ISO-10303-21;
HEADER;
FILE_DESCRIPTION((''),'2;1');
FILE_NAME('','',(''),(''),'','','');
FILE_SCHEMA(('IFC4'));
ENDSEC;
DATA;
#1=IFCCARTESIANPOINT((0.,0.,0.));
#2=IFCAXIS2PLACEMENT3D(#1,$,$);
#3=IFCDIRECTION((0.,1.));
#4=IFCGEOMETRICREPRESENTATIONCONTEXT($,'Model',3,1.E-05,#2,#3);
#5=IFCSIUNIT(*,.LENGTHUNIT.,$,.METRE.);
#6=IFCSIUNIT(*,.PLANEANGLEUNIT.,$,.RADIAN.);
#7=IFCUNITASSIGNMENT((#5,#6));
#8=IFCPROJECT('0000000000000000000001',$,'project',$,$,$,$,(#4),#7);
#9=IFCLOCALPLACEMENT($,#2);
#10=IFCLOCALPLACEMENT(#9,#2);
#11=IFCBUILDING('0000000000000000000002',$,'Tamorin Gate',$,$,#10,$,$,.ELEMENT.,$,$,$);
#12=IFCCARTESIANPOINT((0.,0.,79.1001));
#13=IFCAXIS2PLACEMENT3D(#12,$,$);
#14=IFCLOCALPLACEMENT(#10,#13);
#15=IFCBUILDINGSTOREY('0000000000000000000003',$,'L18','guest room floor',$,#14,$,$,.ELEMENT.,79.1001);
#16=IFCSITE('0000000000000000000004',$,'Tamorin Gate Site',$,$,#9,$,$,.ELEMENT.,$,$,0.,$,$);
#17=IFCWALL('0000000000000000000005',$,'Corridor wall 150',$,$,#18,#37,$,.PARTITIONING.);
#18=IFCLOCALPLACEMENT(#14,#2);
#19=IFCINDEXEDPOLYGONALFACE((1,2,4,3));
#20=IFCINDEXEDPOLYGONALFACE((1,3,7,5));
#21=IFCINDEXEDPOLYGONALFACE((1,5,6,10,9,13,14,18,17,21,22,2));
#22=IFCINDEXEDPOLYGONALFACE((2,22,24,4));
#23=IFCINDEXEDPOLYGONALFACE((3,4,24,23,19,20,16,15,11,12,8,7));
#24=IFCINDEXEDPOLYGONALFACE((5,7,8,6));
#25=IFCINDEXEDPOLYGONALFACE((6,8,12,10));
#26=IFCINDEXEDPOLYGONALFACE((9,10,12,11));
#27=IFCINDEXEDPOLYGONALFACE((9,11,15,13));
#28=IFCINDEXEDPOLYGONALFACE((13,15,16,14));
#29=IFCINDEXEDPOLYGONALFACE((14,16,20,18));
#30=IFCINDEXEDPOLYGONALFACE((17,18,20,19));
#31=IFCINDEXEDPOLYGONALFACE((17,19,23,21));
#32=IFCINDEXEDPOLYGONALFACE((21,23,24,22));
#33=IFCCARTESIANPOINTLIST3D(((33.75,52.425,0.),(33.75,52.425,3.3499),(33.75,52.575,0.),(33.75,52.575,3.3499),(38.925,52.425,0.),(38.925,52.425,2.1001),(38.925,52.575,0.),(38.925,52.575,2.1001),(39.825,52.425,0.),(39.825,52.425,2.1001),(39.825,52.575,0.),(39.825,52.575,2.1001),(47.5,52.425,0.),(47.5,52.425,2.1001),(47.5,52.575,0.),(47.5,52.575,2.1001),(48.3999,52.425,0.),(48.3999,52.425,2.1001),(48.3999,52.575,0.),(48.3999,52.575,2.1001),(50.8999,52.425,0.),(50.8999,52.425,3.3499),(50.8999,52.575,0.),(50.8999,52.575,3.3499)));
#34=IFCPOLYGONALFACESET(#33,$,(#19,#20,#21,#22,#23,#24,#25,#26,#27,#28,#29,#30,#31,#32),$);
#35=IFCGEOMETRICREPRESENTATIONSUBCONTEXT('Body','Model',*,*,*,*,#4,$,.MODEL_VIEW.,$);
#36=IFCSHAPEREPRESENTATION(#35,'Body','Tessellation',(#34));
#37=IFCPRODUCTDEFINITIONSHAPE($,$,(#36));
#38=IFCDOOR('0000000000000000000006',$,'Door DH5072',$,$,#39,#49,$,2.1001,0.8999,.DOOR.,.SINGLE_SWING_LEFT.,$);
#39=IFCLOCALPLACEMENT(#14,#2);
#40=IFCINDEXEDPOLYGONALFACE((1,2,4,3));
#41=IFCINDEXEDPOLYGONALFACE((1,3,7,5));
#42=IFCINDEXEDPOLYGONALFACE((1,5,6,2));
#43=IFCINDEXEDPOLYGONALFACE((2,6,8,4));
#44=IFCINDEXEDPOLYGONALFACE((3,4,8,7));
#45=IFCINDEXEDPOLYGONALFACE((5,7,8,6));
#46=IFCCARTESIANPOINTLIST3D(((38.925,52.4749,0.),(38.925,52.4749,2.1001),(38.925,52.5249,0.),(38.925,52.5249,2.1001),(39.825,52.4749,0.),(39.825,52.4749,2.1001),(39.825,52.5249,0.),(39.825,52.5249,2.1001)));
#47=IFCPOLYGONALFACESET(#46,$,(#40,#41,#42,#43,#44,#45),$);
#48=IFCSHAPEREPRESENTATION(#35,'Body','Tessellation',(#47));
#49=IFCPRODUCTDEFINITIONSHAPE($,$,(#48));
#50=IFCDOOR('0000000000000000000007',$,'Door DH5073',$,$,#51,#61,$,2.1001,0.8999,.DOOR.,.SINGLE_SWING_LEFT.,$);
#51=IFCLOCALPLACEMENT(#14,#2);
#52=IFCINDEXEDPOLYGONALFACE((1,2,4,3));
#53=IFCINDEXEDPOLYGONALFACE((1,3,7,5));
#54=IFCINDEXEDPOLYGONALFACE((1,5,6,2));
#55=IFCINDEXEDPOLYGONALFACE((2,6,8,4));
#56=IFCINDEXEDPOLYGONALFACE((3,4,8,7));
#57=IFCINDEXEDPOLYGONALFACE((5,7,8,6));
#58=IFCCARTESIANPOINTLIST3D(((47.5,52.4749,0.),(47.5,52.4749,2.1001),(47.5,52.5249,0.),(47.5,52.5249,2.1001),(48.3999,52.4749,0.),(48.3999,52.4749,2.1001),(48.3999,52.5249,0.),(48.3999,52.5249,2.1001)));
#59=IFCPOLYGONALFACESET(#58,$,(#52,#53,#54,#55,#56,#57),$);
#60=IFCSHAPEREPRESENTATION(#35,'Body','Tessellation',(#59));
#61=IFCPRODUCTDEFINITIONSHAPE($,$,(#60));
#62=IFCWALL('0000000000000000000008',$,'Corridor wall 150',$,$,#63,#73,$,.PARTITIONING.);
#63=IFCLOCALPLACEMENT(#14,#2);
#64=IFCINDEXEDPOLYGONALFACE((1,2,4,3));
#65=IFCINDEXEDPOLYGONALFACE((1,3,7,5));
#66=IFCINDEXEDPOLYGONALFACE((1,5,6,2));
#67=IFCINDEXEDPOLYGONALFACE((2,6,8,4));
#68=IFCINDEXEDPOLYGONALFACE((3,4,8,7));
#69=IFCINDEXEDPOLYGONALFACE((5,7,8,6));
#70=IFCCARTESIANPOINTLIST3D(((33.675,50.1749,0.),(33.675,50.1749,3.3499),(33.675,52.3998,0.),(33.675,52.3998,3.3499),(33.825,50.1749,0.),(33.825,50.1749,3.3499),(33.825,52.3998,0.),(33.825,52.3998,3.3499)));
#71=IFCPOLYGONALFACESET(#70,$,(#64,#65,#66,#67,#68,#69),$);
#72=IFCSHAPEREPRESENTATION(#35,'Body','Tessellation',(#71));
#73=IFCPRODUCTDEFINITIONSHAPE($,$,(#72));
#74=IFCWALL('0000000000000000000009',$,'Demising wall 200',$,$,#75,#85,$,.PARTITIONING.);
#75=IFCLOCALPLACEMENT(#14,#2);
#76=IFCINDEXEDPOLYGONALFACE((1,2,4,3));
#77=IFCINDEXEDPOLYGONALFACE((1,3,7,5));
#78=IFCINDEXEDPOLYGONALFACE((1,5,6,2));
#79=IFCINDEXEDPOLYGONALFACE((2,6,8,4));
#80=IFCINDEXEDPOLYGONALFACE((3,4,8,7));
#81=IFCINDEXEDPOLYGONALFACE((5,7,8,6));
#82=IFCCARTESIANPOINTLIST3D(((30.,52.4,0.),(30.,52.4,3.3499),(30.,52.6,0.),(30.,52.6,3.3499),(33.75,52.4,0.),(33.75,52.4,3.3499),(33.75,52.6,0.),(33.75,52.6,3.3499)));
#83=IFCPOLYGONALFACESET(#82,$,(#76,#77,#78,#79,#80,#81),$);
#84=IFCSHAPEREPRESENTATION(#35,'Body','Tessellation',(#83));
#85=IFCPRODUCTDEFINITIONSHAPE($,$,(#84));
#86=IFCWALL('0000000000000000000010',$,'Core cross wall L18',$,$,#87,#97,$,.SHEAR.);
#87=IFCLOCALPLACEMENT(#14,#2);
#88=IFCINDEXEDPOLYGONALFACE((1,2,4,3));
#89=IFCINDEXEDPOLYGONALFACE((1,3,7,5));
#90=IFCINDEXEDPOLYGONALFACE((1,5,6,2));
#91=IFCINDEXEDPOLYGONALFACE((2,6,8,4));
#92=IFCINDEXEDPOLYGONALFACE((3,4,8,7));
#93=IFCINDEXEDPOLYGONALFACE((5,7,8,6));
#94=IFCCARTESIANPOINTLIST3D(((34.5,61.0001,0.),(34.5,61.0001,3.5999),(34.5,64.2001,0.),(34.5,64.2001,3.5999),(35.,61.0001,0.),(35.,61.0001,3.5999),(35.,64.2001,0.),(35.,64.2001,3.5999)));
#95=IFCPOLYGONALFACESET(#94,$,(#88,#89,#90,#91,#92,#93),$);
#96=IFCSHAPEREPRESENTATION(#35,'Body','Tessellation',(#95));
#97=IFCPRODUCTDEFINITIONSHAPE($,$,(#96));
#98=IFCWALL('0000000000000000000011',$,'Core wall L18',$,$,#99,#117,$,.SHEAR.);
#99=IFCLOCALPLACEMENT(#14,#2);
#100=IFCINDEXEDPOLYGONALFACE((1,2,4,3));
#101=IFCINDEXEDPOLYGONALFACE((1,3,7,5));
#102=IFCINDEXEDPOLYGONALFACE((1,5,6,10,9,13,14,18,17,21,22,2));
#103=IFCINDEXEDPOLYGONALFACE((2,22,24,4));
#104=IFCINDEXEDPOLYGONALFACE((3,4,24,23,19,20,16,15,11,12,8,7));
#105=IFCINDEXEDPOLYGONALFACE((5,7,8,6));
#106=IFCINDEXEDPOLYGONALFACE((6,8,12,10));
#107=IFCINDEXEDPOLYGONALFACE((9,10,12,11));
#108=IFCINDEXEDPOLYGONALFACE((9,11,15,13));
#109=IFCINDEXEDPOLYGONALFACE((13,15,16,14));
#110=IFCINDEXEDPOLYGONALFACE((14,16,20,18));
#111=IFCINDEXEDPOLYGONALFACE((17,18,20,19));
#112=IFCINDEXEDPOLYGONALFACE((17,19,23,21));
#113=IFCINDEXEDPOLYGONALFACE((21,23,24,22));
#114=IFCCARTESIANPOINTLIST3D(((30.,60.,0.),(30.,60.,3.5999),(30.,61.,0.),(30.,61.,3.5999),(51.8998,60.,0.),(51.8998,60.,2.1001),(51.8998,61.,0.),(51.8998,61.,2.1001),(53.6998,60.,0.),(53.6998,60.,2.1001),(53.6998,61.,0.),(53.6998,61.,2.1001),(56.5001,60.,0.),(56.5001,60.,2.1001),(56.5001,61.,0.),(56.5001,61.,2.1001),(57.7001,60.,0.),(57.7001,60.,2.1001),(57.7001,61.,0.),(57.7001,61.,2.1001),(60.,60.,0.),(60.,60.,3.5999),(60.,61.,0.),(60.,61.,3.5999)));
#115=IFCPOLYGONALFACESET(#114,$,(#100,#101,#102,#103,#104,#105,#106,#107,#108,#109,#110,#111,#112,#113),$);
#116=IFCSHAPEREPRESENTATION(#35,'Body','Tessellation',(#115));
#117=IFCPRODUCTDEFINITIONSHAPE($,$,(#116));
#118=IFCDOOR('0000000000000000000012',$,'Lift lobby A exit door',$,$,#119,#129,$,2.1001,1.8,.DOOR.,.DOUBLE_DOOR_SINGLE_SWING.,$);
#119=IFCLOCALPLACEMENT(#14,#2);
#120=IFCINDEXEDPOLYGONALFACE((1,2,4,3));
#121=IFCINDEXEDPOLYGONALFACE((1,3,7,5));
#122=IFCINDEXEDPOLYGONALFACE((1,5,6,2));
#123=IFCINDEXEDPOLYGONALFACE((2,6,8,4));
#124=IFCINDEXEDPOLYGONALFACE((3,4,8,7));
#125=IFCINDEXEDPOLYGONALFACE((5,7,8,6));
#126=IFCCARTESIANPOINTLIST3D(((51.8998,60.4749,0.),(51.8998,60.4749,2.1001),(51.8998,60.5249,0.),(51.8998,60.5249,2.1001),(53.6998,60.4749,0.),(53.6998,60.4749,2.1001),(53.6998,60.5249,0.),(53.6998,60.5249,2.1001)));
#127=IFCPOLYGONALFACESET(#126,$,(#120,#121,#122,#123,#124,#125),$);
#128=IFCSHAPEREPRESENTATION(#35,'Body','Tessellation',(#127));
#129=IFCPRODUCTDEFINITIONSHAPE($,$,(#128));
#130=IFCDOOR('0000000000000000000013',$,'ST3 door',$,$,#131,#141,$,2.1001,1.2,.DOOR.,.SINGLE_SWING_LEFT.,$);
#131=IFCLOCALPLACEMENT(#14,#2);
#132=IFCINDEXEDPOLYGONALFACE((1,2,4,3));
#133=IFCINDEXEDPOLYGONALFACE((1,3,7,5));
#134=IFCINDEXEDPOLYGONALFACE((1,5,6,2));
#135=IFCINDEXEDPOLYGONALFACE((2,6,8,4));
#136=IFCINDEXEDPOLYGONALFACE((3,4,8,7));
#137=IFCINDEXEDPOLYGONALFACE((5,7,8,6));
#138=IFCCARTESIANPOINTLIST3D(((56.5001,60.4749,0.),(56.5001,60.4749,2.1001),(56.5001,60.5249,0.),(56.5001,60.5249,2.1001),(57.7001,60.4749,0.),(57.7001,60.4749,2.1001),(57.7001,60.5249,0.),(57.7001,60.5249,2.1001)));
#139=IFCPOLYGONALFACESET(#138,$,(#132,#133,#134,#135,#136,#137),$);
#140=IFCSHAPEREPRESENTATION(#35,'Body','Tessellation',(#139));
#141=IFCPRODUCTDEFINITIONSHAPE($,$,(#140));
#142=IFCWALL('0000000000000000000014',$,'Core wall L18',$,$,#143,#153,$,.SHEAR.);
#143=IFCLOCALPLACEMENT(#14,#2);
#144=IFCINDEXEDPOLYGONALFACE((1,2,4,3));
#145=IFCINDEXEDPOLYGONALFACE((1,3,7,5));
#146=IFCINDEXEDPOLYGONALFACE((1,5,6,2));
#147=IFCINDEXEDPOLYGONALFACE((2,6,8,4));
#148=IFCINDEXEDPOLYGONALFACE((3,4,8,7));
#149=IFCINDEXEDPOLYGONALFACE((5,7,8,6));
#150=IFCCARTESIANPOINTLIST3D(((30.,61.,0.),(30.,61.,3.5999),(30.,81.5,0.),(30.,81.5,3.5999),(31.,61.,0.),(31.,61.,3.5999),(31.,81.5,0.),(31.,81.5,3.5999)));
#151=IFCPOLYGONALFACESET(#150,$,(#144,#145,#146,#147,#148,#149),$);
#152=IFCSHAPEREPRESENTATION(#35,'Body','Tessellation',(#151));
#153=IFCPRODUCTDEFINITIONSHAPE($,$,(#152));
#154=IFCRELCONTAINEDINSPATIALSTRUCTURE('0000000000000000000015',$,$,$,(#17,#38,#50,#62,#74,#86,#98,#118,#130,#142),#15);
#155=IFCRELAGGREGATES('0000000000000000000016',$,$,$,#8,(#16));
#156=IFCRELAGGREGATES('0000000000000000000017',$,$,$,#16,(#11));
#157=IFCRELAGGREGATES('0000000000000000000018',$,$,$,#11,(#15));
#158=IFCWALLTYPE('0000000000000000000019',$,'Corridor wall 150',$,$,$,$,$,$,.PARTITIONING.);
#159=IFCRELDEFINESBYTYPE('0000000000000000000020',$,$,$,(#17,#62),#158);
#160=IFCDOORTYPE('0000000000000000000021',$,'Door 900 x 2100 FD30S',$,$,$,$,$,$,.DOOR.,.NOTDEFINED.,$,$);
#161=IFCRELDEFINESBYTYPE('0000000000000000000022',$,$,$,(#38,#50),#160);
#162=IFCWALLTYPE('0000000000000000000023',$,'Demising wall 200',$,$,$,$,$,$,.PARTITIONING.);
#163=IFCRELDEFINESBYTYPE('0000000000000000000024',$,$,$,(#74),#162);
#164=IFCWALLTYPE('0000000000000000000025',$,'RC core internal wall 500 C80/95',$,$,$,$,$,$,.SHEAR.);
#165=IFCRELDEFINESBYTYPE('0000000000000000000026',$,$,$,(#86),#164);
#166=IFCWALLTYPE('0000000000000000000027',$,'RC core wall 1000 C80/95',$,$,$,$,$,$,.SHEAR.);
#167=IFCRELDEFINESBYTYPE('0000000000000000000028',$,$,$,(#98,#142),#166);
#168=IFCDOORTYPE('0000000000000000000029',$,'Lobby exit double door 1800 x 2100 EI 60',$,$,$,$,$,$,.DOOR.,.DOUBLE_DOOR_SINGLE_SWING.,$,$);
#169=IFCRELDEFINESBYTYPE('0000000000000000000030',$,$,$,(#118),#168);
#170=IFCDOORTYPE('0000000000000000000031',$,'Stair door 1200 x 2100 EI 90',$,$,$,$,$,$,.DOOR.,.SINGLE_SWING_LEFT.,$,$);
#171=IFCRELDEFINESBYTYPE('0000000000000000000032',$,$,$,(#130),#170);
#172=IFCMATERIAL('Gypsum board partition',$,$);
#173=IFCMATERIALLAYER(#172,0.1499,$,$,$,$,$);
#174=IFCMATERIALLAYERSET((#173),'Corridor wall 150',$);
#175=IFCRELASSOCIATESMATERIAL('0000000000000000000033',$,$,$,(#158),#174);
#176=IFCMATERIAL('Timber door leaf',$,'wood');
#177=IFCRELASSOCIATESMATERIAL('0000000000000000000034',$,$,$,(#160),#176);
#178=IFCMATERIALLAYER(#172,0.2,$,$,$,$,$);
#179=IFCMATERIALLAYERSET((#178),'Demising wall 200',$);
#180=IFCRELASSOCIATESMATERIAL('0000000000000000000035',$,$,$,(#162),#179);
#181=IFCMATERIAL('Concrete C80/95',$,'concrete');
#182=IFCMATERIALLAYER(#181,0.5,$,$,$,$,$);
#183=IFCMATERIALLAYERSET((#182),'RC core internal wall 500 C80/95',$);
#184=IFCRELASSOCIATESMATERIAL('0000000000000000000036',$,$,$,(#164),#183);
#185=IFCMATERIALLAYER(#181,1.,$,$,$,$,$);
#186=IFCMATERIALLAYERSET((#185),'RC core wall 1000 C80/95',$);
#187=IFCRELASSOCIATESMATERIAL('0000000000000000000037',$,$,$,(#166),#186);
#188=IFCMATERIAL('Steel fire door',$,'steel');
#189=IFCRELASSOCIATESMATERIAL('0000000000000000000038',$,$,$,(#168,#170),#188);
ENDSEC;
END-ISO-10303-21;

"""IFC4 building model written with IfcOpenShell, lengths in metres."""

from ifc_helpers import new_model, si_unit, direction, frame, frame_2d, origin, place, context, subcontext, project, spatial, rectangle, extrude, material, layer, layer_set, type_object, element, fill, save


model = new_model("IFC4")

# Units and contexts
model_context = context("Model", 3, precision=1e-05, world=origin(), true_north=direction((0.0, 1.0)))
body_context = subcontext(model_context, "Body", "Model", "MODEL_VIEW")
ifc_project = project(units=[si_unit("LENGTHUNIT", "METRE"), si_unit("PLANEANGLEUNIT", "RADIAN")], contexts=[model_context])

# Site, building, storey
site_placement = place(None, origin())
site = spatial("IfcSite", under=ifc_project, at=site_placement, Name="Tamorin Gate Site", CompositionType="ELEMENT", RefElevation=0.0)
building_placement = place(site_placement, origin())
building = spatial("IfcBuilding", under=site, at=building_placement, Name="Tamorin Gate", CompositionType="ELEMENT")
storey_placement = place(building_placement, frame((0.0, 0.0, 79.1001)))
storey = spatial("IfcBuildingStorey", under=building, at=storey_placement, Name="L18", Description="guest room floor", CompositionType="ELEMENT", Elevation=79.1001)

# Shared definitions
ifc_material_1 = material(Name="Concrete C80/95", Category="concrete")

# Wall, openings, doors
ifc_material_2 = material(Name="Gypsum board partition")
ifc_layer_1 = layer(ifc_material_2, 0.1499)
ifc_layer_set_1 = layer_set([ifc_layer_1], Name="Corridor wall 150")
wall_type_1 = type_object("IfcWallType", Name="Corridor wall 150", PredefinedType="PARTITIONING", material=ifc_layer_set_1)
ifc_material_3 = material(Name="Timber door leaf", Category="wood")
door_type_1 = type_object("IfcDoorType", Name="Door 900 x 2100 FD30S", OperationType="NOTDEFINED", PredefinedType="DOOR", material=ifc_material_3)
wall_1_placement = place(storey_placement, frame((33.75, 52.5, 0.0), z_axis=(0.0, 0.0, 1.0), x_axis=(1.0, 0.0, 0.0)))
wall_1 = element("IfcWall", 1, at=wall_1_placement, inside=storey, type_object=wall_type_1, Name="Corridor wall 150", PredefinedType="PARTITIONING", context=body_context, shape_type="SweptSolid", body=[
    extrude(rectangle(XDim=17.1499, YDim=0.1499, at=frame_2d((8.575, 0.0))), origin(), (0.0, 0.0, 1.0), 3.3499),
])
opening_1_placement = place(wall_1_placement, frame((5.175, 0.0, 0.0)))
opening_1 = element("IfcOpeningElement", 2, at=opening_1_placement, cuts=wall_1, PredefinedType="OPENING", context=body_context, shape_type="SweptSolid", body=[
    extrude(rectangle(XDim=0.8999, YDim=2.1001, at=frame_2d((0.45, 1.05))), frame((0.0, 0.085, 0.0), z_axis=(0.0, -1.0, 0.0), x_axis=(1.0, 0.0, 0.0)), (0.0, 0.0, 1.0), 0.1699),
])
opening_2_placement = place(wall_1_placement, frame((13.75, 0.0, 0.0)))
opening_2 = element("IfcOpeningElement", 3, at=opening_2_placement, cuts=wall_1, PredefinedType="OPENING", context=body_context, shape_type="SweptSolid", body=[
    extrude(rectangle(XDim=0.8999, YDim=2.1001, at=frame_2d((0.45, 1.05))), frame((0.0, 0.085, 0.0), z_axis=(0.0, -1.0, 0.0), x_axis=(1.0, 0.0, 0.0)), (0.0, 0.0, 1.0), 0.1699),
])
door_1_placement = place(opening_1_placement, origin())
door_1 = element("IfcDoor", 4, at=door_1_placement, inside=storey, type_object=door_type_1, Name="Door DH5072", OperationType="SINGLE_SWING_LEFT", OverallHeight=2.1001, OverallWidth=0.8999, PredefinedType="DOOR", context=body_context, shape_type="SweptSolid", body=[
    extrude(rectangle(XDim=0.8999, YDim=2.1001, at=frame_2d((0.45, 1.05))), frame((0.0, 0.0249, 0.0), z_axis=(0.0, -1.0, 0.0), x_axis=(1.0, 0.0, 0.0)), (0.0, 0.0, 1.0), 0.05),
])
fill(opening_1, door_1)
door_2_placement = place(opening_2_placement, origin())
door_2 = element("IfcDoor", 5, at=door_2_placement, inside=storey, type_object=door_type_1, Name="Door DH5073", OperationType="SINGLE_SWING_LEFT", OverallHeight=2.1001, OverallWidth=0.8999, PredefinedType="DOOR", context=body_context, shape_type="SweptSolid", body=[
    extrude(rectangle(XDim=0.8999, YDim=2.1001, at=frame_2d((0.45, 1.05))), frame((0.0, 0.0249, 0.0), z_axis=(0.0, -1.0, 0.0), x_axis=(1.0, 0.0, 0.0)), (0.0, 0.0, 1.0), 0.05),
])
fill(opening_2, door_2)

# Walls
wall_2_placement = place(storey_placement, frame((33.75, 50.175, 0.0), z_axis=(0.0, 0.0, 1.0), x_axis=(0.0, 1.0, 0.0)))
element("IfcWall", 6, at=wall_2_placement, inside=storey, type_object=wall_type_1, Name="Corridor wall 150", PredefinedType="PARTITIONING", context=body_context, shape_type="SweptSolid", body=[
    extrude(rectangle(XDim=2.2249, YDim=0.1499, at=frame_2d((1.1123, 0.0))), origin(), (0.0, 0.0, 1.0), 3.3499),
])
ifc_layer_2 = layer(ifc_material_2, 0.2)
ifc_layer_set_2 = layer_set([ifc_layer_2], Name="Demising wall 200")
wall_type_2 = type_object("IfcWallType", Name="Demising wall 200", PredefinedType="PARTITIONING", material=ifc_layer_set_2)
wall_3_placement = place(storey_placement, frame((30.0, 52.5, 0.0), z_axis=(0.0, 0.0, 1.0), x_axis=(1.0, 0.0, 0.0)))
element("IfcWall", 7, at=wall_3_placement, inside=storey, type_object=wall_type_2, Name="Demising wall 200", PredefinedType="PARTITIONING", context=body_context, shape_type="SweptSolid", body=[
    extrude(rectangle(XDim=3.75, YDim=0.2, at=frame_2d((1.875, 0.0))), origin(), (0.0, 0.0, 1.0), 3.3499),
])
ifc_layer_3 = layer(ifc_material_1, 0.5)
ifc_layer_set_3 = layer_set([ifc_layer_3], Name="RC core internal wall 500 C80/95")
wall_type_3 = type_object("IfcWallType", Name="RC core internal wall 500 C80/95", PredefinedType="SHEAR", material=ifc_layer_set_3)
wall_4_placement = place(storey_placement, frame((34.75, 61.0, 0.0), z_axis=(0.0, 0.0, 1.0), x_axis=(0.0, 1.0, 0.0)))
element("IfcWall", 8, at=wall_4_placement, inside=storey, type_object=wall_type_3, Name="Core cross wall L18", PredefinedType="SHEAR", context=body_context, shape_type="SweptSolid", body=[
    extrude(rectangle(XDim=3.2, YDim=0.5, at=frame_2d((1.6001, 0.0))), origin(), (0.0, 0.0, 1.0), 3.5999),
])

# Wall, openings, doors
ifc_layer_4 = layer(ifc_material_1, 1.0)
ifc_layer_set_4 = layer_set([ifc_layer_4], Name="RC core wall 1000 C80/95")
wall_type_4 = type_object("IfcWallType", Name="RC core wall 1000 C80/95", PredefinedType="SHEAR", material=ifc_layer_set_4)
wall_5_placement = place(storey_placement, frame((30.0, 60.5, 0.0), z_axis=(0.0, 0.0, 1.0), x_axis=(1.0, 0.0, 0.0)))
wall_5 = element("IfcWall", 9, at=wall_5_placement, inside=storey, type_object=wall_type_4, Name="Core wall L18", PredefinedType="SHEAR", context=body_context, shape_type="SweptSolid", body=[
    extrude(rectangle(XDim=30.0, YDim=1.0, at=frame_2d((15.0, 0.0))), origin(), (0.0, 0.0, 1.0), 3.5999),
])
opening_3_placement = place(wall_5_placement, frame((21.8999, 0.0, 0.0)))
opening_3 = element("IfcOpeningElement", 10, at=opening_3_placement, cuts=wall_5, PredefinedType="OPENING", context=body_context, shape_type="SweptSolid", body=[
    extrude(rectangle(XDim=1.8, YDim=2.1001, at=frame_2d((0.8999, 1.05))), frame((0.0, 0.51, 0.0), z_axis=(0.0, -1.0, 0.0), x_axis=(1.0, 0.0, 0.0)), (0.0, 0.0, 1.0), 1.02),
])
opening_4_placement = place(wall_5_placement, frame((26.5, 0.0, 0.0)))
opening_4 = element("IfcOpeningElement", 11, at=opening_4_placement, cuts=wall_5, PredefinedType="OPENING", context=body_context, shape_type="SweptSolid", body=[
    extrude(rectangle(XDim=1.2, YDim=2.1001, at=frame_2d((0.6001, 1.05))), frame((0.0, 0.51, 0.0), z_axis=(0.0, -1.0, 0.0), x_axis=(1.0, 0.0, 0.0)), (0.0, 0.0, 1.0), 1.02),
])
ifc_material_4 = material(Name="Steel fire door", Category="steel")
door_type_2 = type_object("IfcDoorType", Name="Lobby exit double door 1800 x 2100 EI 60", OperationType="DOUBLE_DOOR_SINGLE_SWING", PredefinedType="DOOR", material=ifc_material_4)
door_3_placement = place(opening_3_placement, origin())
door_3 = element("IfcDoor", 12, at=door_3_placement, inside=storey, type_object=door_type_2, Name="Lift lobby A exit door", OperationType="DOUBLE_DOOR_SINGLE_SWING", OverallHeight=2.1001, OverallWidth=1.8, PredefinedType="DOOR", context=body_context, shape_type="SweptSolid", body=[
    extrude(rectangle(XDim=1.8, YDim=2.1001, at=frame_2d((0.8999, 1.05))), frame((0.0, 0.0249, 0.0), z_axis=(0.0, -1.0, 0.0), x_axis=(1.0, 0.0, 0.0)), (0.0, 0.0, 1.0), 0.05),
])
fill(opening_3, door_3)
door_type_3 = type_object("IfcDoorType", Name="Stair door 1200 x 2100 EI 90", OperationType="SINGLE_SWING_LEFT", PredefinedType="DOOR", material=ifc_material_4)
door_4_placement = place(opening_4_placement, origin())
door_4 = element("IfcDoor", 13, at=door_4_placement, inside=storey, type_object=door_type_3, Name="ST3 door", OperationType="SINGLE_SWING_LEFT", OverallHeight=2.1001, OverallWidth=1.2, PredefinedType="DOOR", context=body_context, shape_type="SweptSolid", body=[
    extrude(rectangle(XDim=1.2, YDim=2.1001, at=frame_2d((0.6001, 1.05))), frame((0.0, 0.0249, 0.0), z_axis=(0.0, -1.0, 0.0), x_axis=(1.0, 0.0, 0.0)), (0.0, 0.0, 1.0), 0.05),
])
fill(opening_4, door_4)

# Wall
wall_6_placement = place(storey_placement, frame((30.5, 61.0, 0.0), z_axis=(0.0, 0.0, 1.0), x_axis=(0.0, 1.0, 0.0)))
element("IfcWall", 14, at=wall_6_placement, inside=storey, type_object=wall_type_4, Name="Core wall L18", PredefinedType="SHEAR", context=body_context, shape_type="SweptSolid", body=[
    extrude(rectangle(XDim=20.5, YDim=1.0, at=frame_2d((10.25, 0.0))), origin(), (0.0, 0.0, 1.0), 3.5999),
])

save(model, "model.ifc")
